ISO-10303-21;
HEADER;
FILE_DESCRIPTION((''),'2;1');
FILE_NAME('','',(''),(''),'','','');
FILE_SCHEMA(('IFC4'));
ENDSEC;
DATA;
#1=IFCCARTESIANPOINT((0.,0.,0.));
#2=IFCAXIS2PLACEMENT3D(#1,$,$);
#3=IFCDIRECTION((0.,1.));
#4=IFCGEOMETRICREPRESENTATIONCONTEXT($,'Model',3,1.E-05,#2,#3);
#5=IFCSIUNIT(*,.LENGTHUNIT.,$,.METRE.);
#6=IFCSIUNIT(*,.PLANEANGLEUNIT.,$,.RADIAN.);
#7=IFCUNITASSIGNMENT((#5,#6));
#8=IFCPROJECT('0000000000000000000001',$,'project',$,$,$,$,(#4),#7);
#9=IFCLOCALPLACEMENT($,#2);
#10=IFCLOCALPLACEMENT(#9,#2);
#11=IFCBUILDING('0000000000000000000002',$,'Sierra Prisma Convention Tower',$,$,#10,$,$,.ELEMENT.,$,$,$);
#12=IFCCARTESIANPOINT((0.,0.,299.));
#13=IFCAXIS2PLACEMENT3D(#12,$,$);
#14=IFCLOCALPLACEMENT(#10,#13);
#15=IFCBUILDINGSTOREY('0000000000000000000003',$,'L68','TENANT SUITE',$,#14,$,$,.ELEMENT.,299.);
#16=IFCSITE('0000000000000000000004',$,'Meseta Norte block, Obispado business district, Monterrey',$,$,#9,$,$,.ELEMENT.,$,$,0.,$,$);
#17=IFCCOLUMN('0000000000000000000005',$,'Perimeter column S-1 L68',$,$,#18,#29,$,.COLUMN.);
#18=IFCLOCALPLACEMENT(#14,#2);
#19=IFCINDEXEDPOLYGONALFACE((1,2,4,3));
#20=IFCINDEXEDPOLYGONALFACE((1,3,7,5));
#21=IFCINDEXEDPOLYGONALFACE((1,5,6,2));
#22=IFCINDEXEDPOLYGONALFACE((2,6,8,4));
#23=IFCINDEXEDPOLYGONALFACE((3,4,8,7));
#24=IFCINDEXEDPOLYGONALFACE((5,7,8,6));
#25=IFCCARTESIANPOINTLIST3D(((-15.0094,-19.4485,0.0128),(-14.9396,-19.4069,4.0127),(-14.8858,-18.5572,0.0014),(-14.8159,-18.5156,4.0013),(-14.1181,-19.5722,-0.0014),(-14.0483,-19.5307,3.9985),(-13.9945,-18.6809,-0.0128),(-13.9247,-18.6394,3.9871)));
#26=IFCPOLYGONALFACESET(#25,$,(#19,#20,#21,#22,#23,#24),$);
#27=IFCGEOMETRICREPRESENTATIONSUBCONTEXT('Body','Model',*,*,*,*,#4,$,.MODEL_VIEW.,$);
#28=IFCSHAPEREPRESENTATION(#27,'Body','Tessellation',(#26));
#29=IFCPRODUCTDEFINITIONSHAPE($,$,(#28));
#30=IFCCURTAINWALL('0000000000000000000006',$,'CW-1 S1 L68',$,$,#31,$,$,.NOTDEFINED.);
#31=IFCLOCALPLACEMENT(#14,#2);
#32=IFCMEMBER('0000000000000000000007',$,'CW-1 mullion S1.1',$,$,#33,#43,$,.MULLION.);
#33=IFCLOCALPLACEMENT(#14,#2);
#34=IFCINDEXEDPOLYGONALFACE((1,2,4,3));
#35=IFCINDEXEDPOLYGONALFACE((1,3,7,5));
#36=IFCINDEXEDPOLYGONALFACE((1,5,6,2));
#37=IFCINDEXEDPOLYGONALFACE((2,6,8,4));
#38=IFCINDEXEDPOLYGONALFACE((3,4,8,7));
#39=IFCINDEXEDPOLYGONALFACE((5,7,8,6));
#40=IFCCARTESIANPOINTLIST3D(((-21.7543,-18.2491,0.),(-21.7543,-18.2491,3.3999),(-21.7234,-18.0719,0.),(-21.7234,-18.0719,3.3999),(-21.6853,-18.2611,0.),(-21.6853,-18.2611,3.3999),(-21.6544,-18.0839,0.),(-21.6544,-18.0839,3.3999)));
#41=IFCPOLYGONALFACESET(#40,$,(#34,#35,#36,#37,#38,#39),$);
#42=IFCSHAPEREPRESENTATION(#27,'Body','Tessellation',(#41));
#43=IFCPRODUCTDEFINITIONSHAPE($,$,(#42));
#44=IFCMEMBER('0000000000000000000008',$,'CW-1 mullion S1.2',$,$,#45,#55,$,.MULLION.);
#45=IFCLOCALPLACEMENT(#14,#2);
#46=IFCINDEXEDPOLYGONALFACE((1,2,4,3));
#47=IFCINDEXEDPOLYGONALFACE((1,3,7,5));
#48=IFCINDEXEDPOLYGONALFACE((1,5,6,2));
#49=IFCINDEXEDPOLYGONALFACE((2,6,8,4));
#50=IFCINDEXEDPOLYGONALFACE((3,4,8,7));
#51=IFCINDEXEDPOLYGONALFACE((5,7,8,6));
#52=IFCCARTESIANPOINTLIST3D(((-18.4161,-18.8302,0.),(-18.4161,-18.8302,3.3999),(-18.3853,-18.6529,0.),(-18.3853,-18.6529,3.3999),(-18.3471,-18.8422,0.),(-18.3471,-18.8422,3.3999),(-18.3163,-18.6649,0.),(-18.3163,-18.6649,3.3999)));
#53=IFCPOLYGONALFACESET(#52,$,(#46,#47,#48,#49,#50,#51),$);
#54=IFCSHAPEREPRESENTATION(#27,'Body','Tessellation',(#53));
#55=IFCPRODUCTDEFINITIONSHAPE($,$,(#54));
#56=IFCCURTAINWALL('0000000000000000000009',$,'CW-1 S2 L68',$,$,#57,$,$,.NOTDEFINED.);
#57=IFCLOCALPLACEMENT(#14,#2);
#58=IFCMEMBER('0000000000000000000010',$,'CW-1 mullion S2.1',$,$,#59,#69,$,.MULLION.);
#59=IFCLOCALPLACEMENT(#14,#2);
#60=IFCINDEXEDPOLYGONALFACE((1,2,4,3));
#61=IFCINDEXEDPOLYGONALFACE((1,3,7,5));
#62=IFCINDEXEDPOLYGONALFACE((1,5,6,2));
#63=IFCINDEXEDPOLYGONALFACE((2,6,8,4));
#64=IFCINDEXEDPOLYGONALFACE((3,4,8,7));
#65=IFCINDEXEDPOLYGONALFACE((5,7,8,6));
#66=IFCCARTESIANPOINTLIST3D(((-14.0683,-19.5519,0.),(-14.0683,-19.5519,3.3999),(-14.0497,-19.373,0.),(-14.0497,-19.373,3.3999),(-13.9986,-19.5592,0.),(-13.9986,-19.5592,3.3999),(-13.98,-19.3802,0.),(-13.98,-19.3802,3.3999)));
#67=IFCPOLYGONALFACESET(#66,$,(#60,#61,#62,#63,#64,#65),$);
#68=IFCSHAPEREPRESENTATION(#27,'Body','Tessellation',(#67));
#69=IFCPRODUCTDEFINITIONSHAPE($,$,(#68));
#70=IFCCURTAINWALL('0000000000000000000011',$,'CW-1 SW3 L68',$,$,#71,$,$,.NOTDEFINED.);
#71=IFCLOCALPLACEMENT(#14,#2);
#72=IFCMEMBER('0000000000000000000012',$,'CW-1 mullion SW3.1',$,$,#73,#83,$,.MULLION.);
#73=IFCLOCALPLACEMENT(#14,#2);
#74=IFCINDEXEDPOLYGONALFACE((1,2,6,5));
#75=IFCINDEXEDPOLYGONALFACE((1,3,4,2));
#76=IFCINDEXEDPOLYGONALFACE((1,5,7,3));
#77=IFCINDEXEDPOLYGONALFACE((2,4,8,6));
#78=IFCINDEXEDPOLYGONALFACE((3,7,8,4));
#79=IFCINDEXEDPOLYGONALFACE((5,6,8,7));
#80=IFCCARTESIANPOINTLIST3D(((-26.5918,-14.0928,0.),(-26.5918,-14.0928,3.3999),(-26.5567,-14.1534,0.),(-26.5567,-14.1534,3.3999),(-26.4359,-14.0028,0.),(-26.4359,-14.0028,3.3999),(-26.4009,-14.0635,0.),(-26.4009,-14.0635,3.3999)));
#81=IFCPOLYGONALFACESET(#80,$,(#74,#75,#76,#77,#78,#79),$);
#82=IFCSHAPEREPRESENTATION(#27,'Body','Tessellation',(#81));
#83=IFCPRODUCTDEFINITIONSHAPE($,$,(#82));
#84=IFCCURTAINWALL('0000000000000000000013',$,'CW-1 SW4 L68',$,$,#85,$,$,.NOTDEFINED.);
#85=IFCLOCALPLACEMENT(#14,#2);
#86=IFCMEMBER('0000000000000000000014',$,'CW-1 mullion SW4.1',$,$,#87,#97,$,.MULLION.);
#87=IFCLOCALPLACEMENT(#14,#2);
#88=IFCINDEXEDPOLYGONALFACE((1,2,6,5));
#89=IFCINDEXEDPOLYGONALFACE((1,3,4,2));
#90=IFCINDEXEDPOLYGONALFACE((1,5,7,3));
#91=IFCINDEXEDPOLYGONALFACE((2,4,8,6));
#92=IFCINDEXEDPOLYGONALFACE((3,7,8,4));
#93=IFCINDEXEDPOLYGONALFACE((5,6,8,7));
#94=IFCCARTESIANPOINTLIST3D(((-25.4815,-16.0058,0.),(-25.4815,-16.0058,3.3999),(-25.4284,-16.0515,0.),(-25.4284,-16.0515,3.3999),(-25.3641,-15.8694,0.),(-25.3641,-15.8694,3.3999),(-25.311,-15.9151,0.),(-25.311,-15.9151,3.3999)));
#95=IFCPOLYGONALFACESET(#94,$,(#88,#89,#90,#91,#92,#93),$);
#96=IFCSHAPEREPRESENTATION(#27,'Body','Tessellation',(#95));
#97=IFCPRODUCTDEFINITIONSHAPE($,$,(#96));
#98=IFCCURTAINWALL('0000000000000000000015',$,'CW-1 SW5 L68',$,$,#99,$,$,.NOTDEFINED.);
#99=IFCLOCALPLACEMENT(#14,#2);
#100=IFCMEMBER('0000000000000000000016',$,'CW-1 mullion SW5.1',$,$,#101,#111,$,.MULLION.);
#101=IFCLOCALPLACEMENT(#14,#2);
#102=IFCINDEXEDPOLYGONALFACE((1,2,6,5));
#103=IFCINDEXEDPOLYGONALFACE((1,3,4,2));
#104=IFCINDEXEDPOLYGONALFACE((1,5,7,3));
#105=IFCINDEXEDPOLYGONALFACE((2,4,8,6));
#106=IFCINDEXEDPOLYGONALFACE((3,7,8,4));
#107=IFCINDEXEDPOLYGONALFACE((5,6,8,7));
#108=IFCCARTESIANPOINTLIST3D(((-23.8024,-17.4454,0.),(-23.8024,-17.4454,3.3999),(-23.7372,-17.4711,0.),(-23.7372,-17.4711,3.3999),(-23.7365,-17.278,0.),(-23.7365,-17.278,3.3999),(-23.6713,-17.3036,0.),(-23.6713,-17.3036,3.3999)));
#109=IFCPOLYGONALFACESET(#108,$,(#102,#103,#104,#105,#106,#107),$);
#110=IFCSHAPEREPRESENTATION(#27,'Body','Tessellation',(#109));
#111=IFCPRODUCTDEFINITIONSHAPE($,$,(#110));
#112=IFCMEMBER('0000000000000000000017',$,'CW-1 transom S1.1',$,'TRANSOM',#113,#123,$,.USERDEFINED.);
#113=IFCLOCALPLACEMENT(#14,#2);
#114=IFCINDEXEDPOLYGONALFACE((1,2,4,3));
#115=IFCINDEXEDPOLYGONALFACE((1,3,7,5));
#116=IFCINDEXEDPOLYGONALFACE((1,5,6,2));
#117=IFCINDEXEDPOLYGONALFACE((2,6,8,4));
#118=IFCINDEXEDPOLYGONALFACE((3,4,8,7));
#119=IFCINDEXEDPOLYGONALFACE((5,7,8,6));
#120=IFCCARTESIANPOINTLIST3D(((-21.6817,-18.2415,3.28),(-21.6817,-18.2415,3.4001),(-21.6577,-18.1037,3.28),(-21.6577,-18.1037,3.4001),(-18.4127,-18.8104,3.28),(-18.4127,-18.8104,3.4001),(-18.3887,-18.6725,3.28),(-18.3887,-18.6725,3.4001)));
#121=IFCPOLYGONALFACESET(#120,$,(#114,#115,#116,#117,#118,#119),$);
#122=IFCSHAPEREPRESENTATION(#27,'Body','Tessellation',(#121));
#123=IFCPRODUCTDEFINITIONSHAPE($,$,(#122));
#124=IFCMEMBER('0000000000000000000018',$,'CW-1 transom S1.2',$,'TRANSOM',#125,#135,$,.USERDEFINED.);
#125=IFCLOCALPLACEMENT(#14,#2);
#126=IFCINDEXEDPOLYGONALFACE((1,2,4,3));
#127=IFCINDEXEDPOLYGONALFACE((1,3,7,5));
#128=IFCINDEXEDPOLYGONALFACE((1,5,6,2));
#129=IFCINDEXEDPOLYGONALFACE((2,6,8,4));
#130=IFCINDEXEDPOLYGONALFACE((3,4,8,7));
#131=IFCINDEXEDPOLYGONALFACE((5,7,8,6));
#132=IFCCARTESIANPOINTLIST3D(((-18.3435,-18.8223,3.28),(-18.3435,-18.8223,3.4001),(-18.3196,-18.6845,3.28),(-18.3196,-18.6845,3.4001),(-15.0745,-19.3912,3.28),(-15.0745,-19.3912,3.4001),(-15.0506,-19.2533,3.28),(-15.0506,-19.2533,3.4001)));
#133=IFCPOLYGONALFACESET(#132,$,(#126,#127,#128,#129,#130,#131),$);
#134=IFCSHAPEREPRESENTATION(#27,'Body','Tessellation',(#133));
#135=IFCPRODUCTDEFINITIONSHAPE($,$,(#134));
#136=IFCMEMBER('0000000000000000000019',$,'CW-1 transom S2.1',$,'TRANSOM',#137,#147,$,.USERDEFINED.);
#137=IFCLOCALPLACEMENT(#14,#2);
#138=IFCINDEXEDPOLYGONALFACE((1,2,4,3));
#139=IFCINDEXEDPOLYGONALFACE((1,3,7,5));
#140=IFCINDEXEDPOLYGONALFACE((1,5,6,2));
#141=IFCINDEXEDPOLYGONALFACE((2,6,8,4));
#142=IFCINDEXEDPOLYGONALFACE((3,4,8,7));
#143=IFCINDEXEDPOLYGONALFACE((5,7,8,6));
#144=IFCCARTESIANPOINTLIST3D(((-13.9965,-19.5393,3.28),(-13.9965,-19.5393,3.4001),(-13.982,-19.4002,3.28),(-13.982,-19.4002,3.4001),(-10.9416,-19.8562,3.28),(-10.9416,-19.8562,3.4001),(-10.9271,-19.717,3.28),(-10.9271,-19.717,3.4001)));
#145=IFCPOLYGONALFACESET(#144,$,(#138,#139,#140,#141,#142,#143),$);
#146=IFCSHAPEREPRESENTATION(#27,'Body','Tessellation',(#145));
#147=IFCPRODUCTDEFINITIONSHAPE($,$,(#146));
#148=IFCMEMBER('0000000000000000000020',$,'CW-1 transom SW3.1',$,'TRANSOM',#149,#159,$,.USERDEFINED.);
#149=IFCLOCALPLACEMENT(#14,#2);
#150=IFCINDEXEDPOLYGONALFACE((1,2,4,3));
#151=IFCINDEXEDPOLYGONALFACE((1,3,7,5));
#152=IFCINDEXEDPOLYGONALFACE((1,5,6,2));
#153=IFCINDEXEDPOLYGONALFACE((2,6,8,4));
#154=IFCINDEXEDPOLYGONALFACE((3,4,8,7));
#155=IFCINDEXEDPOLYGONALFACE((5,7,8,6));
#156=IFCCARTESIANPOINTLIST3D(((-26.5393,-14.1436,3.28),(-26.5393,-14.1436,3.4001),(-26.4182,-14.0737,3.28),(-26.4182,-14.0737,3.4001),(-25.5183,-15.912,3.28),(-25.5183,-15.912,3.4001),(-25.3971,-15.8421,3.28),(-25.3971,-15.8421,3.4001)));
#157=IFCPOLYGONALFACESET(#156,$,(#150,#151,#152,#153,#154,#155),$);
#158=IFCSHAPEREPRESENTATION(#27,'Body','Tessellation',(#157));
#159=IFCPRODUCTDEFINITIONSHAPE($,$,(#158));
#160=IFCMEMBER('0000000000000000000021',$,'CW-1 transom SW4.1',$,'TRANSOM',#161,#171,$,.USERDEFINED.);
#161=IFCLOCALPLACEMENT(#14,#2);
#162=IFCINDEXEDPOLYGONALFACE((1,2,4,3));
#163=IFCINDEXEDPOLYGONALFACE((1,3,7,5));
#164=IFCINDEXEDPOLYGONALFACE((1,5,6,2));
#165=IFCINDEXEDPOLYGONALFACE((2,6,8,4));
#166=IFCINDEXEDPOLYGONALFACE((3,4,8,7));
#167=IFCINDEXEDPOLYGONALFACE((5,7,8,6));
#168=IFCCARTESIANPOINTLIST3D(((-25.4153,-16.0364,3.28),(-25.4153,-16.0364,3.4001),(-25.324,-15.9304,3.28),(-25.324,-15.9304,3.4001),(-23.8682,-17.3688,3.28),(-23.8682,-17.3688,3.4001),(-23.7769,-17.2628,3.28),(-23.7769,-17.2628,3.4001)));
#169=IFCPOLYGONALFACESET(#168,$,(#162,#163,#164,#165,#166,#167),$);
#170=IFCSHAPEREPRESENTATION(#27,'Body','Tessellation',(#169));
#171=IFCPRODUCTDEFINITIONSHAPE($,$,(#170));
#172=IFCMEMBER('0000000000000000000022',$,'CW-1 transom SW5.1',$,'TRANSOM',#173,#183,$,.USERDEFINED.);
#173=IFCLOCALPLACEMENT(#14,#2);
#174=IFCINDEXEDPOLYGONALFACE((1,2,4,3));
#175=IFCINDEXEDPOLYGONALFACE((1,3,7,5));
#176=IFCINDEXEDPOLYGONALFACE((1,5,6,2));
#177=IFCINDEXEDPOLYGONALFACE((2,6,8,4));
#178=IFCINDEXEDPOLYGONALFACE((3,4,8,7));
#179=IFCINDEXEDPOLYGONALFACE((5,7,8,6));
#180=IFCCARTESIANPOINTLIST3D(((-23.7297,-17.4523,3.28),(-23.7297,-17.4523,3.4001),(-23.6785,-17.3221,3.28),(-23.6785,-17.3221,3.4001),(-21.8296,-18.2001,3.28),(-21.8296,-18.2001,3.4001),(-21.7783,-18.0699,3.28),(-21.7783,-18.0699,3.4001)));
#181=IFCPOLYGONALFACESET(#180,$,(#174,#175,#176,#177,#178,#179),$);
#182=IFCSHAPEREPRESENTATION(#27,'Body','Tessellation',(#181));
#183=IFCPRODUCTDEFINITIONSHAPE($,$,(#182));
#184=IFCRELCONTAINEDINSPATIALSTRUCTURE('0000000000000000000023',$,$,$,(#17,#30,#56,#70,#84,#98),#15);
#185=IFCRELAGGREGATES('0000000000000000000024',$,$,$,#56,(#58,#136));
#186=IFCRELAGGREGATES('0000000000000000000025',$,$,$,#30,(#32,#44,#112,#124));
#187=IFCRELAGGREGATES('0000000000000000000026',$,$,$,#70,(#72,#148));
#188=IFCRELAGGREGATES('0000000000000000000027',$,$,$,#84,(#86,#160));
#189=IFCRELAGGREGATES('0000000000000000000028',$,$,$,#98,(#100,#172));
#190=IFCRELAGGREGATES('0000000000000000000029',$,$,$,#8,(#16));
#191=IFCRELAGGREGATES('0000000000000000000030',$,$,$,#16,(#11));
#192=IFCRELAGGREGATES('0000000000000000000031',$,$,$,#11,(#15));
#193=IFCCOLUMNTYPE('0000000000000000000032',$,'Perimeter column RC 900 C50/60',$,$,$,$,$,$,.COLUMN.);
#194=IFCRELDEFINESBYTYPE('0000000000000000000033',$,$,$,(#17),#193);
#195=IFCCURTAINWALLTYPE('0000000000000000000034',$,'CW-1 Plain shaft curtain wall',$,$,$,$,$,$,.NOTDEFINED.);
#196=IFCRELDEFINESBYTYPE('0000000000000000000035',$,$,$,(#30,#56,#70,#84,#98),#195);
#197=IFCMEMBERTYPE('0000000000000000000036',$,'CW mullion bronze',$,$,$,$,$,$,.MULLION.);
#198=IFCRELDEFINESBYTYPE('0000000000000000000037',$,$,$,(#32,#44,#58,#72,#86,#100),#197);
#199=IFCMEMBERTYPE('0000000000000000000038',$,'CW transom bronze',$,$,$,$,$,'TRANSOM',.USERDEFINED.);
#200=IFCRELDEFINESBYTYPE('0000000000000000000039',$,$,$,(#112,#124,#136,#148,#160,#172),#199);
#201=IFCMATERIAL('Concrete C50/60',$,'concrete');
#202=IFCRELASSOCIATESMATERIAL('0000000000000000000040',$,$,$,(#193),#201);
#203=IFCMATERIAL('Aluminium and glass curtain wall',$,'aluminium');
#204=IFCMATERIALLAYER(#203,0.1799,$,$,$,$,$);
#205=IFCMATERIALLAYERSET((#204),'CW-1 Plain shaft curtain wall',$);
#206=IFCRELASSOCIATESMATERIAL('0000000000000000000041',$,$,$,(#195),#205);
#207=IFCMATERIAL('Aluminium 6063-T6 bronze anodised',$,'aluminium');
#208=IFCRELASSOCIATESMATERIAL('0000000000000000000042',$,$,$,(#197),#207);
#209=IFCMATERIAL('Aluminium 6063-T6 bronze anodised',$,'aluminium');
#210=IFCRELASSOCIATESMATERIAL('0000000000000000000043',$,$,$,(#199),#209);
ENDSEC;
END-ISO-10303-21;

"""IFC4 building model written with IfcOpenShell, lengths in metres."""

from ifc_helpers import new_model, si_unit, direction, frame, origin, origin_2d, place, context, subcontext, project, spatial, rectangle, extrude, material, layer, layer_set, material_profile, profile_set, type_object, element, aggregate, save


model = new_model("IFC4")

# Units and contexts
model_context = context("Model", 3, precision=1e-05, world=origin(), true_north=direction((0.0, 1.0)))
body_context = subcontext(model_context, "Body", "Model", "MODEL_VIEW")
ifc_project = project(units=[si_unit("LENGTHUNIT", "METRE"), si_unit("PLANEANGLEUNIT", "RADIAN")], contexts=[model_context])

# Site, building, storey
site_placement = place(None, origin())
site = spatial("IfcSite", under=ifc_project, at=site_placement, Name="Meseta Norte block, Obispado business district, Monterrey", CompositionType="ELEMENT", RefElevation=0.0)
building_placement = place(site_placement, origin())
building = spatial("IfcBuilding", under=site, at=building_placement, Name="Sierra Prisma Convention Tower", CompositionType="ELEMENT")
storey_placement = place(building_placement, frame((0.0, 0.0, 299.0)))
storey = spatial("IfcBuildingStorey", under=building, at=storey_placement, Name="L68", Description="TENANT SUITE", CompositionType="ELEMENT", Elevation=299.0)

# Column
ifc_material_1 = material(Name="Concrete C50/60", Category="concrete")
ifc_material_profile_1 = material_profile(ifc_material_1, rectangle(XDim=0.8999, YDim=0.8999, at=origin_2d()), Name="Perimeter column RC 900 C50/60")
ifc_profile_set_1 = profile_set([ifc_material_profile_1], Name="Concrete C50/60")
column_type = type_object("IfcColumnType", Name="Perimeter column RC 900 C50/60", PredefinedType="COLUMN", material=ifc_profile_set_1)
column_placement = place(storey_placement, frame((-14.502, -19.0647, 0.0), z_axis=(0.017452, 0.010374, 0.999794), x_axis=(-0.990366, 0.137561, 0.015861)))
element("IfcColumn", 1, at=column_placement, inside=storey, type_object=column_type, Name="Perimeter column S-1 L68", PredefinedType="COLUMN", context=body_context, shape_type="SweptSolid", body=[
    extrude(rectangle(XDim=0.8999, YDim=0.8999, at=origin_2d()), origin(), (0.0, 0.0, 1.0), 4.0007),
])

# Curtain wall, members
ifc_material_2 = material(Name="Aluminium and glass curtain wall", Category="aluminium")
ifc_layer_1 = layer(ifc_material_2, 0.1799)
ifc_layer_set_1 = layer_set([ifc_layer_1], Name="CW-1 Plain shaft curtain wall")
curtain_wall_type = type_object("IfcCurtainWallType", Name="CW-1 Plain shaft curtain wall", PredefinedType="NOTDEFINED", material=ifc_layer_set_1)
curtain_wall_1_placement = place(storey_placement, origin())
curtain_wall_1 = element("IfcCurtainWall", 2, at=curtain_wall_1_placement, inside=storey, type_object=curtain_wall_type, Name="CW-1 S1 L68", PredefinedType="NOTDEFINED")
ifc_material_3 = material(Name="Aluminium 6063-T6 bronze anodised", Category="aluminium")
ifc_material_profile_2 = material_profile(ifc_material_3, rectangle(XDim=0.1799, YDim=0.0701, at=origin_2d()), Name="ALU MULLION 70x180")
ifc_profile_set_2 = profile_set([ifc_material_profile_2], Name="Aluminium 6063-T6 bronze anodised")
member_type_1 = type_object("IfcMemberType", Name="CW mullion bronze", PredefinedType="MULLION", material=ifc_profile_set_2)
member_1_placement = place(storey_placement, frame((-21.7043, -18.1665, 0.0), z_axis=(0.0, 0.0, 1.0), x_axis=(0.17143, 0.985196, 0.0)))
member_1 = element("IfcMember", 3, at=member_1_placement, type_object=member_type_1, Name="CW-1 mullion S1.1", PredefinedType="MULLION", context=body_context, shape_type="SweptSolid", body=[
    extrude(rectangle(XDim=0.1799, YDim=0.0701, at=origin_2d()), origin(), (0.0, 0.0, 1.0), 3.3999),
])
member_2_placement = place(storey_placement, frame((-18.3662, -18.7476, 0.0), z_axis=(0.0, 0.0, 1.0), x_axis=(0.17143, 0.985196, 0.0)))
member_2 = element("IfcMember", 4, at=member_2_placement, type_object=member_type_1, Name="CW-1 mullion S1.2", PredefinedType="MULLION", context=body_context, shape_type="SweptSolid", body=[
    extrude(rectangle(XDim=0.1799, YDim=0.0701, at=origin_2d()), origin(), (0.0, 0.0, 1.0), 3.3999),
])

# Curtain walls, members
curtain_wall_2_placement = place(storey_placement, origin())
curtain_wall_2 = element("IfcCurtainWall", 5, at=curtain_wall_2_placement, inside=storey, type_object=curtain_wall_type, Name="CW-1 S2 L68", PredefinedType="NOTDEFINED")
member_3_placement = place(storey_placement, frame((-14.0242, -19.4661, 0.0), z_axis=(0.0, 0.0, 1.0), x_axis=(0.103184, 0.994662, 0.0)))
member_3 = element("IfcMember", 6, at=member_3_placement, type_object=member_type_1, Name="CW-1 mullion S2.1", PredefinedType="MULLION", context=body_context, shape_type="SweptSolid", body=[
    extrude(rectangle(XDim=0.1799, YDim=0.0701, at=origin_2d()), origin(), (0.0, 0.0, 1.0), 3.3999),
])
curtain_wall_3_placement = place(storey_placement, origin())
curtain_wall_3 = element("IfcCurtainWall", 7, at=curtain_wall_3_placement, inside=storey, type_object=curtain_wall_type, Name="CW-1 SW3 L68", PredefinedType="NOTDEFINED")
member_4_placement = place(storey_placement, frame((-26.4963, -14.0781, 0.0), z_axis=(0.0, 0.0, 1.0), x_axis=(0.866025, 0.5, 0.0)))
member_4 = element("IfcMember", 8, at=member_4_placement, type_object=member_type_1, Name="CW-1 mullion SW3.1", PredefinedType="MULLION", context=body_context, shape_type="SweptSolid", body=[
    extrude(rectangle(XDim=0.1799, YDim=0.0701, at=origin_2d()), origin(), (0.0, 0.0, 1.0), 3.3999),
])
curtain_wall_4_placement = place(storey_placement, origin())
curtain_wall_4 = element("IfcCurtainWall", 9, at=curtain_wall_4_placement, inside=storey, type_object=curtain_wall_type, Name="CW-1 SW4 L68", PredefinedType="NOTDEFINED")
member_5_placement = place(storey_placement, frame((-25.3962, -15.9604, 0.0), z_axis=(0.0, 0.0, 1.0), x_axis=(0.652602, 0.757701, 0.0)))
member_5 = element("IfcMember", 10, at=member_5_placement, type_object=member_type_1, Name="CW-1 mullion SW4.1", PredefinedType="MULLION", context=body_context, shape_type="SweptSolid", body=[
    extrude(rectangle(XDim=0.1799, YDim=0.0701, at=origin_2d()), origin(), (0.0, 0.0, 1.0), 3.3999),
])
curtain_wall_5_placement = place(storey_placement, origin())
curtain_wall_5 = element("IfcCurtainWall", 11, at=curtain_wall_5_placement, inside=storey, type_object=curtain_wall_type, Name="CW-1 SW5 L68", PredefinedType="NOTDEFINED")
member_6_placement = place(storey_placement, frame((-23.7368, -17.3745, 0.0), z_axis=(0.0, 0.0, 1.0), x_axis=(0.366113, 0.93057, 0.0)))
member_6 = element("IfcMember", 12, at=member_6_placement, type_object=member_type_1, Name="CW-1 mullion SW5.1", PredefinedType="MULLION", context=body_context, shape_type="SweptSolid", body=[
    extrude(rectangle(XDim=0.1799, YDim=0.0701, at=origin_2d()), origin(), (0.0, 0.0, 1.0), 3.3999),
])

# Members
ifc_material_4 = material(Name="Aluminium 6063-T6 bronze anodised", Category="aluminium")
ifc_material_profile_3 = material_profile(ifc_material_4, rectangle(XDim=0.1399, YDim=0.1201, at=origin_2d()), Name="ALU TRANSOM 120x140")
ifc_profile_set_3 = profile_set([ifc_material_profile_3], Name="Aluminium 6063-T6 bronze anodised")
member_type_2 = type_object("IfcMemberType", Name="CW transom bronze", ElementType="TRANSOM", PredefinedType="USERDEFINED", material=ifc_profile_set_3)
member_7_placement = place(storey_placement, frame((-21.6697, -18.1726, 3.3401), z_axis=(0.985196, -0.171434, 0.0), x_axis=(0.171434, 0.985196, 0.0)))
member_7 = element("IfcMember", 13, at=member_7_placement, type_object=member_type_2, Name="CW-1 transom S1.1", ObjectType="TRANSOM", PredefinedType="USERDEFINED", context=body_context, shape_type="SweptSolid", body=[
    extrude(rectangle(XDim=0.1399, YDim=0.1201, at=origin_2d()), origin(), (0.0, 0.0, 1.0), 3.3181),
])
member_8_placement = place(storey_placement, frame((-18.3315, -18.7534, 3.3401), z_axis=(0.985196, -0.171434, 0.0), x_axis=(0.171434, 0.985196, 0.0)))
member_8 = element("IfcMember", 14, at=member_8_placement, type_object=member_type_2, Name="CW-1 transom S1.2", ObjectType="TRANSOM", PredefinedType="USERDEFINED", context=body_context, shape_type="SweptSolid", body=[
    extrude(rectangle(XDim=0.1399, YDim=0.1201, at=origin_2d()), origin(), (0.0, 0.0, 1.0), 3.3181),
])
member_9_placement = place(storey_placement, frame((-13.9893, -19.4697, 3.3401), z_axis=(0.994663, -0.103178, 0.0), x_axis=(0.103178, 0.994663, 0.0)))
member_9 = element("IfcMember", 15, at=member_9_placement, type_object=member_type_2, Name="CW-1 transom S2.1", ObjectType="TRANSOM", PredefinedType="USERDEFINED", context=body_context, shape_type="SweptSolid", body=[
    extrude(rectangle(XDim=0.1399, YDim=0.1201, at=origin_2d()), origin(), (0.0, 0.0, 1.0), 3.0713),
])
aggregate(curtain_wall_2, [member_3, member_9])
member_10_placement = place(storey_placement, frame((-26.4788, -14.1086, 3.3401), z_axis=(0.500023, -0.866012, 0.0), x_axis=(0.866012, 0.500023, 0.0)))
member_10 = element("IfcMember", 16, at=member_10_placement, type_object=member_type_2, Name="CW-1 transom SW3.1", ObjectType="TRANSOM", PredefinedType="USERDEFINED", context=body_context, shape_type="SweptSolid", body=[
    extrude(rectangle(XDim=0.1399, YDim=0.1201, at=origin_2d()), origin(), (0.0, 0.0, 1.0), 2.042),
])
member_11_placement = place(storey_placement, frame((-25.3696, -15.9834, 3.3401), z_axis=(0.757701, -0.652601, 0.0), x_axis=(0.652601, 0.757701, 0.0)))
member_11 = element("IfcMember", 17, at=member_11_placement, type_object=member_type_2, Name="CW-1 transom SW4.1", ObjectType="TRANSOM", PredefinedType="USERDEFINED", context=body_context, shape_type="SweptSolid", body=[
    extrude(rectangle(XDim=0.1399, YDim=0.1201, at=origin_2d()), origin(), (0.0, 0.0, 1.0), 2.0417),
])
member_12_placement = place(storey_placement, frame((-23.7041, -17.3872, 3.3401), z_axis=(0.930532, -0.366211, 0.0), x_axis=(0.366211, 0.930532, 0.0)))
member_12 = element("IfcMember", 18, at=member_12_placement, type_object=member_type_2, Name="CW-1 transom SW5.1", ObjectType="TRANSOM", PredefinedType="USERDEFINED", context=body_context, shape_type="SweptSolid", body=[
    extrude(rectangle(XDim=0.1399, YDim=0.1201, at=origin_2d()), origin(), (0.0, 0.0, 1.0), 2.042),
])

aggregate(curtain_wall_1, [member_1, member_2, member_7, member_8])

aggregate(curtain_wall_3, [member_4, member_10])
aggregate(curtain_wall_4, [member_5, member_11])
aggregate(curtain_wall_5, [member_6, member_12])

save(model, "model.ifc")
